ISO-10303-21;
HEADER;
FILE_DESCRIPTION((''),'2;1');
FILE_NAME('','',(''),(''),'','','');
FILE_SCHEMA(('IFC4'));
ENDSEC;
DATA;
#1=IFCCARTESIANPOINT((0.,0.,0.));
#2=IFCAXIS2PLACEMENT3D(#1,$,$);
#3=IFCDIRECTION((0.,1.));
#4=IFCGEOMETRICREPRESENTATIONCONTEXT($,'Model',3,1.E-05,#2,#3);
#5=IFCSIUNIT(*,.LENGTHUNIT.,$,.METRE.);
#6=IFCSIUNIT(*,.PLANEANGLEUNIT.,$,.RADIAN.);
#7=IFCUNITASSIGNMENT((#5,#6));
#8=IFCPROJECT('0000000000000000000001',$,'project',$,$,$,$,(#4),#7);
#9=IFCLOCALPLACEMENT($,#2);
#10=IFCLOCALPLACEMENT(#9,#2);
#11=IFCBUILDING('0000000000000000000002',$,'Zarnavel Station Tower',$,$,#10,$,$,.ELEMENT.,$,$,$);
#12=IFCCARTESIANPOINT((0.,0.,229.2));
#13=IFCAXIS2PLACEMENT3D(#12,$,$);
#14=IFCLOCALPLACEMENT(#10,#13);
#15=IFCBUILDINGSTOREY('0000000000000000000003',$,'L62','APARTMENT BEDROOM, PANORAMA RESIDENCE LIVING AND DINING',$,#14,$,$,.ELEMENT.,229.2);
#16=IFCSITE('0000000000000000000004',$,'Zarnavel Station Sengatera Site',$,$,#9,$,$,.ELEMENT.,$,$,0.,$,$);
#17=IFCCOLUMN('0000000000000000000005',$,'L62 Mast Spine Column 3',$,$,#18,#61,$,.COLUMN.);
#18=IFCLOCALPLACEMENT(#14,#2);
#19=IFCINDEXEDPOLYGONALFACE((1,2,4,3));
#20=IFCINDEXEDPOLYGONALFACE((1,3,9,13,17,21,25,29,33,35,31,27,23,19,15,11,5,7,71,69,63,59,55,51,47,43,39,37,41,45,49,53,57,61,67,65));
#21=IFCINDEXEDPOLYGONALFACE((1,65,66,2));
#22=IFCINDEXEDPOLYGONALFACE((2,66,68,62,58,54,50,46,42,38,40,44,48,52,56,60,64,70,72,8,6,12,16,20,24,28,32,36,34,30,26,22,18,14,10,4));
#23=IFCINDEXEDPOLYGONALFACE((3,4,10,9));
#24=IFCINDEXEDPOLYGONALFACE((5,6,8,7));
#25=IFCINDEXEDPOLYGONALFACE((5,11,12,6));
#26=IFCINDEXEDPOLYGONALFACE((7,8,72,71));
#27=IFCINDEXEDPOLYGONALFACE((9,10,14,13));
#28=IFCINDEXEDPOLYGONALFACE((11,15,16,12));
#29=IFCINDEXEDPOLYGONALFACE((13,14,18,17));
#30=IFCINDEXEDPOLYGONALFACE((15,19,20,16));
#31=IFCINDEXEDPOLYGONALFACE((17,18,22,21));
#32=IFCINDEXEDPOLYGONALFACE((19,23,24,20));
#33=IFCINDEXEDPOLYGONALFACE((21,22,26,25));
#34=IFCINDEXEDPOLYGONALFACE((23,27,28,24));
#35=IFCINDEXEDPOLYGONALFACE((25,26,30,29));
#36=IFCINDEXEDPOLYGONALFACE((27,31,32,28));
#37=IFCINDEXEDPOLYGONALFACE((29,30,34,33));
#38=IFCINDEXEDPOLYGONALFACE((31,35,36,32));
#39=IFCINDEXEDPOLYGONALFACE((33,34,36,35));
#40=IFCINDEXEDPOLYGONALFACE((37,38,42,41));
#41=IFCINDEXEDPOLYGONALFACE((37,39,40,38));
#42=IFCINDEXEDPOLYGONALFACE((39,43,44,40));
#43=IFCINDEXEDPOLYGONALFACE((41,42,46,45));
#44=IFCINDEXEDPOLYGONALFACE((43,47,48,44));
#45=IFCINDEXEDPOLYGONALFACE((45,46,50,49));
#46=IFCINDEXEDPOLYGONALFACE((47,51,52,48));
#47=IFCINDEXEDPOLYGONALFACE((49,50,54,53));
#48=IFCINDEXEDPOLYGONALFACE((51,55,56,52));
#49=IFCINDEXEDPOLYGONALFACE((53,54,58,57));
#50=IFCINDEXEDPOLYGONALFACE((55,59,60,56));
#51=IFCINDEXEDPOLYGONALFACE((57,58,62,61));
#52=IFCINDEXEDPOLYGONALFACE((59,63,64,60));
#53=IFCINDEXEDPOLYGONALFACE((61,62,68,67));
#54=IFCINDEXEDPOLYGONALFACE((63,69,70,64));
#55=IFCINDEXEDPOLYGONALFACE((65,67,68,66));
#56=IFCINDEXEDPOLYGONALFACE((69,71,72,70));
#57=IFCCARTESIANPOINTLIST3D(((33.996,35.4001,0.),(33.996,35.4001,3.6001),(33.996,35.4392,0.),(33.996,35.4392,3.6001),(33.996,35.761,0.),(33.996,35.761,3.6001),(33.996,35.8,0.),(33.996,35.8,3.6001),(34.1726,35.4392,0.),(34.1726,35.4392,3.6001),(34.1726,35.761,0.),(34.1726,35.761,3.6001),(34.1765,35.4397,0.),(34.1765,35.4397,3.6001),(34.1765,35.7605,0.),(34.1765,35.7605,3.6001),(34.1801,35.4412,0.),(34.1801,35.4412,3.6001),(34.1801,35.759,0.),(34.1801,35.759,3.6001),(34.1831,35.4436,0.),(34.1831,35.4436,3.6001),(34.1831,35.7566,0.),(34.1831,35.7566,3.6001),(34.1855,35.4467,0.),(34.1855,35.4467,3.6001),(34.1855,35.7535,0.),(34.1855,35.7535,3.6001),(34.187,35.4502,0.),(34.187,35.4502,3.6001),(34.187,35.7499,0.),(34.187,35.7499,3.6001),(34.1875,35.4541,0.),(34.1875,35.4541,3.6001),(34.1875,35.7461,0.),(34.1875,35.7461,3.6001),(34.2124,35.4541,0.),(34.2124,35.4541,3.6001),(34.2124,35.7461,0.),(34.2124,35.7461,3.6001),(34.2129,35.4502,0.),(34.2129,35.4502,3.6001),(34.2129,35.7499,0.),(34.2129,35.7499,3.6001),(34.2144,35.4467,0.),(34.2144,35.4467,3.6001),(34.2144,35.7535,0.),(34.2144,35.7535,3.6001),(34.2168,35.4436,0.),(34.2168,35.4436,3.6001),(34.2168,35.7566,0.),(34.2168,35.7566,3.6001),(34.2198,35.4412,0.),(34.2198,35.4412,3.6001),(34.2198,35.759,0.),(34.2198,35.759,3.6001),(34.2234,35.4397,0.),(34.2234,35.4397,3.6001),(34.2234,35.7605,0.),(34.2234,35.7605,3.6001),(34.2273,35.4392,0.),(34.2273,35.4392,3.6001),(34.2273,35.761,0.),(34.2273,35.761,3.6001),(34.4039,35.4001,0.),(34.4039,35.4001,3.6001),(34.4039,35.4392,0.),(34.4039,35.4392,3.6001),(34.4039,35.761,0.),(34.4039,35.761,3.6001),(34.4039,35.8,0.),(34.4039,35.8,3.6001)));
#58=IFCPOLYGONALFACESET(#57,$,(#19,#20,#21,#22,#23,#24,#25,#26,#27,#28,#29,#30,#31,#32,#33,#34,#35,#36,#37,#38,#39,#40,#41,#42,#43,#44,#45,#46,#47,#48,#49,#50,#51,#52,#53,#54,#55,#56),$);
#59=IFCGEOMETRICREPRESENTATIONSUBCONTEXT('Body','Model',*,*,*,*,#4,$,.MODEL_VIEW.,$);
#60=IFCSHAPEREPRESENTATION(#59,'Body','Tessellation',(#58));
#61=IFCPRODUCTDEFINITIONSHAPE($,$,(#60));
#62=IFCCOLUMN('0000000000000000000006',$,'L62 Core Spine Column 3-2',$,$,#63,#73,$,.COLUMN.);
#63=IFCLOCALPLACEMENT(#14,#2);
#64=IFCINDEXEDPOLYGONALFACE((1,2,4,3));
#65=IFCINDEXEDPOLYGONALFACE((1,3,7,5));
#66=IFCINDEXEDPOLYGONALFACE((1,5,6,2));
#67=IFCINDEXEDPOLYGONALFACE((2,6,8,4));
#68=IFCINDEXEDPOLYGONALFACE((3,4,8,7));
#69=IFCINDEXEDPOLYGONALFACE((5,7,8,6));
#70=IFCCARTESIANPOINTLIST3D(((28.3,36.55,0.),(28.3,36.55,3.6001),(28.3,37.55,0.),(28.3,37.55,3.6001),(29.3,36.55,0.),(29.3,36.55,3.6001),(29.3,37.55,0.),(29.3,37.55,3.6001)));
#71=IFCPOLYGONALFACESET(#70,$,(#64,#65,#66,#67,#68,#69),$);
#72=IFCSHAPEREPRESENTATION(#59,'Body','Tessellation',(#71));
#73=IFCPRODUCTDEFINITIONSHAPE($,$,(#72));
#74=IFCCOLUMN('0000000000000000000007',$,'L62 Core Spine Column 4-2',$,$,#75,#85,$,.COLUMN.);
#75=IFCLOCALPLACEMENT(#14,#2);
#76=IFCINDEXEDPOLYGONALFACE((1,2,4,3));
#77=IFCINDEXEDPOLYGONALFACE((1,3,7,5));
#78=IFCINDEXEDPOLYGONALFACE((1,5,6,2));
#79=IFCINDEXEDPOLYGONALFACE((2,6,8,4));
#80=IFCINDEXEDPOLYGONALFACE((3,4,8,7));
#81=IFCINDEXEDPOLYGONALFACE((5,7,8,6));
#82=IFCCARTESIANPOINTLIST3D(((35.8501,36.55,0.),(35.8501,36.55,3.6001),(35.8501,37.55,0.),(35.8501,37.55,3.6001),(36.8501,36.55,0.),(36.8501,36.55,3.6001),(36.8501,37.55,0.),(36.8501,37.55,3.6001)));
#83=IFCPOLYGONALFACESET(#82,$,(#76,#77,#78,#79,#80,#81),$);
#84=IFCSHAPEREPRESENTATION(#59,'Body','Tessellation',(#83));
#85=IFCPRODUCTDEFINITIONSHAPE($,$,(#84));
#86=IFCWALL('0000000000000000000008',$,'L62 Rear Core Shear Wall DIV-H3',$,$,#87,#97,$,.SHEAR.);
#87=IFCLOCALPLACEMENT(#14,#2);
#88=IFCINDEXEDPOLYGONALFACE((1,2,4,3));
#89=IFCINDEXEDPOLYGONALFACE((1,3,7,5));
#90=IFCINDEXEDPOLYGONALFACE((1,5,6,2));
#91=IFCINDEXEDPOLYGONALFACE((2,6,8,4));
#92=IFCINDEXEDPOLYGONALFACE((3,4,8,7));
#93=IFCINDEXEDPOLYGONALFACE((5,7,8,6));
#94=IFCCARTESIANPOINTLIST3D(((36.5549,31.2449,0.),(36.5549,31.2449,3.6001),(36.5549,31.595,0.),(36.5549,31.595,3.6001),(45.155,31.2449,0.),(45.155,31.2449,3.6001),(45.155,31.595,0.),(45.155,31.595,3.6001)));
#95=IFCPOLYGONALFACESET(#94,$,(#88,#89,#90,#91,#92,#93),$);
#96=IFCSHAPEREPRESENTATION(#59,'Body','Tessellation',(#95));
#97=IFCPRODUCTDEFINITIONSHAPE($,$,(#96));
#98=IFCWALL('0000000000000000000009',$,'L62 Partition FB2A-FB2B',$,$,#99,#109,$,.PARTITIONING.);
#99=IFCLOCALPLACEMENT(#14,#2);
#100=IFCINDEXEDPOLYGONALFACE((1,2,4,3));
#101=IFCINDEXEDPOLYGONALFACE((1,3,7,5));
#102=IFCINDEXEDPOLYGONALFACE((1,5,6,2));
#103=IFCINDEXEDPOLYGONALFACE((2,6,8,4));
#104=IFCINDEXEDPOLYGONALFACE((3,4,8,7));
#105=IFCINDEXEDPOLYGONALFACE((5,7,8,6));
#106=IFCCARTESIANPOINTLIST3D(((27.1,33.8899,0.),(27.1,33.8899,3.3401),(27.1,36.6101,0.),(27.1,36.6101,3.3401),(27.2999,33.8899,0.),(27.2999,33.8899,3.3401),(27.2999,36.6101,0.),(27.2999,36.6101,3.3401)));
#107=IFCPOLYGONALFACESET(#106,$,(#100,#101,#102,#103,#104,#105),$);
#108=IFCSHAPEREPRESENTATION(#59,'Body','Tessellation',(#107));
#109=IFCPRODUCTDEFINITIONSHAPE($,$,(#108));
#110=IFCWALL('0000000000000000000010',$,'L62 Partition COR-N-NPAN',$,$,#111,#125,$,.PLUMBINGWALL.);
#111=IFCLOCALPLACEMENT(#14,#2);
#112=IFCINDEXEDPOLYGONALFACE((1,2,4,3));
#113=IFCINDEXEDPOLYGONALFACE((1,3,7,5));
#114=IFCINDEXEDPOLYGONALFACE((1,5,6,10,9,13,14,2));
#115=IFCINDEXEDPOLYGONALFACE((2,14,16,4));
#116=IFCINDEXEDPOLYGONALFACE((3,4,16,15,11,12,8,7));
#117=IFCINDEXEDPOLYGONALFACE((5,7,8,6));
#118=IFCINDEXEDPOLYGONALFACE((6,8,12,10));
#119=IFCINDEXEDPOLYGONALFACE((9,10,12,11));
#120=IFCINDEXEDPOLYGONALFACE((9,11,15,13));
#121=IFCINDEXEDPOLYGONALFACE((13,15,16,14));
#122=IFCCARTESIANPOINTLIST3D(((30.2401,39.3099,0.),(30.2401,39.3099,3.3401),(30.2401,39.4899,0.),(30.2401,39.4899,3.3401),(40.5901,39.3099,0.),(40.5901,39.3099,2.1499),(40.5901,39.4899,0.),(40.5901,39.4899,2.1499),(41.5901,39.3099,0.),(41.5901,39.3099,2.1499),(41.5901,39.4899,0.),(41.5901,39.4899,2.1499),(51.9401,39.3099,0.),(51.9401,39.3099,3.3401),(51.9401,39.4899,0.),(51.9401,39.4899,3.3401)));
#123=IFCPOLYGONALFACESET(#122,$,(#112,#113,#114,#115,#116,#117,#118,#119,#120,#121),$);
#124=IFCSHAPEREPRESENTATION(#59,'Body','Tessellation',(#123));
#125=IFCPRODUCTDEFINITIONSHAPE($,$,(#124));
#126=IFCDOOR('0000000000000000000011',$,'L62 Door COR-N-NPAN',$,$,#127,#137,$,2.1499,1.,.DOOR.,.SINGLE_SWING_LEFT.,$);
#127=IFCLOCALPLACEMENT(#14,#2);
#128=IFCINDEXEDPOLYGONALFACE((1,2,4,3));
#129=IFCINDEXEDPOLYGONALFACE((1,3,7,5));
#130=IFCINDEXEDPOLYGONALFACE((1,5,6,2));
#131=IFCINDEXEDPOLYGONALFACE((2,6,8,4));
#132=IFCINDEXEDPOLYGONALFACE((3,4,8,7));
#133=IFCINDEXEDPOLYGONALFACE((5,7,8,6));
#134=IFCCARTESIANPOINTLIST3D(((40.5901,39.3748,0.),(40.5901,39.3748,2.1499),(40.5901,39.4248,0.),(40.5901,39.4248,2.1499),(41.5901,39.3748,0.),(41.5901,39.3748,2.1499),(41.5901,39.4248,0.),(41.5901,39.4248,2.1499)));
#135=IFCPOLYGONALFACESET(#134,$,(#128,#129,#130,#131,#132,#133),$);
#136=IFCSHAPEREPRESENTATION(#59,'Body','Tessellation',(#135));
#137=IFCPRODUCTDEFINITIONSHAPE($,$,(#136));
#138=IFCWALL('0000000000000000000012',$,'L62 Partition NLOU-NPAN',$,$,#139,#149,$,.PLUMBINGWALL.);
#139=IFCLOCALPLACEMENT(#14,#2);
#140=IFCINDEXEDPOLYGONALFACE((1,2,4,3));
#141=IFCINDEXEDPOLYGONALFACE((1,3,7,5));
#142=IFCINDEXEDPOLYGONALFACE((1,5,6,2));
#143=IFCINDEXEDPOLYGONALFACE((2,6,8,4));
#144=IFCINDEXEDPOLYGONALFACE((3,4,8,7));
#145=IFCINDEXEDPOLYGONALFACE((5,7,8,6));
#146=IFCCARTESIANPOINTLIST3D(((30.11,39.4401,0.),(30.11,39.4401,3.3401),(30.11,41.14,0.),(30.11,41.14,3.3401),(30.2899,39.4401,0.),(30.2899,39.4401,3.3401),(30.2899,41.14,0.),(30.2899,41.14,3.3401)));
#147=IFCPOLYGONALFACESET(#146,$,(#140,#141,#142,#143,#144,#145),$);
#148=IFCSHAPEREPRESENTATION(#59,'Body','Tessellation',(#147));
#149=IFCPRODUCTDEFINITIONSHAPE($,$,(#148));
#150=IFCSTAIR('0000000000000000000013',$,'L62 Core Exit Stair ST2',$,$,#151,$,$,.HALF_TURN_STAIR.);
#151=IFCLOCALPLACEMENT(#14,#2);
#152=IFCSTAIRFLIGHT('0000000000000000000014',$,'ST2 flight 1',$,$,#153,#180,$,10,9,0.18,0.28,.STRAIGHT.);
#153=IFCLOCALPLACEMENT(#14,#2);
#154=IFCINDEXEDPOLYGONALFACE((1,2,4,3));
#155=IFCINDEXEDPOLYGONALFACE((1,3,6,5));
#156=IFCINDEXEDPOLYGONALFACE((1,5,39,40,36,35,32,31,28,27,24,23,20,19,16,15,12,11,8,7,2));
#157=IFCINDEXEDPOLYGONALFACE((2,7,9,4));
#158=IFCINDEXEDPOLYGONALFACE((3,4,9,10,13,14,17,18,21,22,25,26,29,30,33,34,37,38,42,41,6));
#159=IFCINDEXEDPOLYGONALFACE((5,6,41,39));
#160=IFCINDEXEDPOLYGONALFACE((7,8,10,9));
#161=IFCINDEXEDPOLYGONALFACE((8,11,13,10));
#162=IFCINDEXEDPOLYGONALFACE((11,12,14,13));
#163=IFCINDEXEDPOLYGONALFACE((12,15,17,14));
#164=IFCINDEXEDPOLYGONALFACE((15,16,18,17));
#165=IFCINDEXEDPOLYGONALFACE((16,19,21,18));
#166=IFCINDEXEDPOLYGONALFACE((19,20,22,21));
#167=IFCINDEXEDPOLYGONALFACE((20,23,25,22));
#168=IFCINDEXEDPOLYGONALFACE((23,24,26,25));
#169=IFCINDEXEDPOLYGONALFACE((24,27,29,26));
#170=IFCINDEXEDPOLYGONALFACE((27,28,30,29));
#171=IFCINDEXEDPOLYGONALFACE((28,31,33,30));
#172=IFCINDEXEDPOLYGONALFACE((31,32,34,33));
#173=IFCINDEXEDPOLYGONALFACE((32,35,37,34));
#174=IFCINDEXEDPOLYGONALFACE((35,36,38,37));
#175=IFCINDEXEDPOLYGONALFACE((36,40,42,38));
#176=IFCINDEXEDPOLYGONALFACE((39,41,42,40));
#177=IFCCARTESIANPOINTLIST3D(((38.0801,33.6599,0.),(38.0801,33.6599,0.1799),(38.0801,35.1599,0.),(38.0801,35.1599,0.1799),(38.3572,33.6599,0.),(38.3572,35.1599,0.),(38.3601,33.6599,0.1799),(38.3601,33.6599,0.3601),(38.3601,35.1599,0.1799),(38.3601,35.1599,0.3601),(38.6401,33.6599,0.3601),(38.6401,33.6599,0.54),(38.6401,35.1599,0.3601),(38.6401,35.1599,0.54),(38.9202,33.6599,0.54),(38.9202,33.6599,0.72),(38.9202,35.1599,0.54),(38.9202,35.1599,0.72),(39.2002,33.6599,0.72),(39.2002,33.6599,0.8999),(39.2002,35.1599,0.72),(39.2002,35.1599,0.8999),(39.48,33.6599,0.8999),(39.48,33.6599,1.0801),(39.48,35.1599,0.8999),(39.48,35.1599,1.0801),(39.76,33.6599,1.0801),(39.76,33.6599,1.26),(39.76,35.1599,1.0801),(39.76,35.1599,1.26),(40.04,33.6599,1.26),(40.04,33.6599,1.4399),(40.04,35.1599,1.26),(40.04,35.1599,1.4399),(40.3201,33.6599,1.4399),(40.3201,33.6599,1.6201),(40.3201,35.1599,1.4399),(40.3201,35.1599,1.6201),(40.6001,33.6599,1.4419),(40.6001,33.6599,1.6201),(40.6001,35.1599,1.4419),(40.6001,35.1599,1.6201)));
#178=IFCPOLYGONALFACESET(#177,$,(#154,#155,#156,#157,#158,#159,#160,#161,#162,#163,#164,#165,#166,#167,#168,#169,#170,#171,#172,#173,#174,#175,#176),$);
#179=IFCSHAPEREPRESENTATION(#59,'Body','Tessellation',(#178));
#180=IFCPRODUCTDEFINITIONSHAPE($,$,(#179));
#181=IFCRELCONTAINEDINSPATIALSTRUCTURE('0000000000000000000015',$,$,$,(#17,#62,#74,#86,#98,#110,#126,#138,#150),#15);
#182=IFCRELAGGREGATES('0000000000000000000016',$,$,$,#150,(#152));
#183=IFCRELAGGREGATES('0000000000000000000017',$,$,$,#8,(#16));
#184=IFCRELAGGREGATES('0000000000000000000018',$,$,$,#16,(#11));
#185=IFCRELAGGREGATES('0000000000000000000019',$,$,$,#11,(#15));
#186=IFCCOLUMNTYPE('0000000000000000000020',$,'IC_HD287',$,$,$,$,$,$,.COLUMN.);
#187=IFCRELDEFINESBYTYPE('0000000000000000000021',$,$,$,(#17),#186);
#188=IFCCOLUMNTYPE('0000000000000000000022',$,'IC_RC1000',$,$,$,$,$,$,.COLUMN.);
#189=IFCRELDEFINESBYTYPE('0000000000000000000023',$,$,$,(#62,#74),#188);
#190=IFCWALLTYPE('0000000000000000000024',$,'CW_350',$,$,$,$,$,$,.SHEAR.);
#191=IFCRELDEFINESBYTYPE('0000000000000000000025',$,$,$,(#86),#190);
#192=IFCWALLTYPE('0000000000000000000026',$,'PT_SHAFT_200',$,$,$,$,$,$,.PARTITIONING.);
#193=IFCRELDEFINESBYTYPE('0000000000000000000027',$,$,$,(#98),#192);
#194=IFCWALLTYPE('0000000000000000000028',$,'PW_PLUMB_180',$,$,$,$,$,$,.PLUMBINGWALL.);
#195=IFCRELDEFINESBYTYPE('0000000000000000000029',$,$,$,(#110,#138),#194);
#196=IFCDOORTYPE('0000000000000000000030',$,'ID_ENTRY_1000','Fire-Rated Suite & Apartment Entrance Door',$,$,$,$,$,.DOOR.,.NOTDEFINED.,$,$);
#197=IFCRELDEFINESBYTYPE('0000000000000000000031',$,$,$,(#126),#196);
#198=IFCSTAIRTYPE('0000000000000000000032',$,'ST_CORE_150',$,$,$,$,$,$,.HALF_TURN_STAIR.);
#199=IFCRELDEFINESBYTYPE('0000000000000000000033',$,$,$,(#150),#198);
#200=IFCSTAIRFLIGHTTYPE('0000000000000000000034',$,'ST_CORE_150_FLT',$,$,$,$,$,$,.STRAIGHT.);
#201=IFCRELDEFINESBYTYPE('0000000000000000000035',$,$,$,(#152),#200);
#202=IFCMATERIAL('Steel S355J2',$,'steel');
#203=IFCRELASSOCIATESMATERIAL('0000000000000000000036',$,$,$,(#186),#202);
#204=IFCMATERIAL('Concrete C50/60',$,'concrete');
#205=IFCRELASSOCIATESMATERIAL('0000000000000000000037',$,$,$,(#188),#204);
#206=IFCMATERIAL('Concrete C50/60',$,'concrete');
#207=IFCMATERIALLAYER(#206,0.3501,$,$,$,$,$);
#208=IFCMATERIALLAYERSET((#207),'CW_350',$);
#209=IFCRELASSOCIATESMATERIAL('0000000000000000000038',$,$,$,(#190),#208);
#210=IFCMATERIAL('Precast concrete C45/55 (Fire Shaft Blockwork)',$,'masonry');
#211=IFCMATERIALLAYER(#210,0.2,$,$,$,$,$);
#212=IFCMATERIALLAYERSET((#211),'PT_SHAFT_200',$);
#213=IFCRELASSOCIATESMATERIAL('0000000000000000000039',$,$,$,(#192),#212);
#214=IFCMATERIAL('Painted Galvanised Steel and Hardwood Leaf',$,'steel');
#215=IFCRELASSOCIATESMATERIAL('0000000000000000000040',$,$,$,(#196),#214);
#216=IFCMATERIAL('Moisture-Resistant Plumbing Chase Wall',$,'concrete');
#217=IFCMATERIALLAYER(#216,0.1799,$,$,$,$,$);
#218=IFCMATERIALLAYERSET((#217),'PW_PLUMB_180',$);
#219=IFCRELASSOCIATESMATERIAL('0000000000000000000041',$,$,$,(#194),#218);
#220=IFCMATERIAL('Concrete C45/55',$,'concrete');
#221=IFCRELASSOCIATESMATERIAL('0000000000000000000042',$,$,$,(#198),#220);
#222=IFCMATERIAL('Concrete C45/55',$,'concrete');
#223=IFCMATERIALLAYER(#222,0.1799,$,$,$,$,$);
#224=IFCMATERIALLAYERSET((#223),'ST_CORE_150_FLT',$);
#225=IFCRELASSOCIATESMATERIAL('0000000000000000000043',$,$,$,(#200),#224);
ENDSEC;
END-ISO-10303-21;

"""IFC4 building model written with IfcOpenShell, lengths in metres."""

from ifc_helpers import new_model, si_unit, direction, frame, frame_2d, origin, origin_2d, place, context, subcontext, project, spatial, polyline, rectangle, i_section, outline, extrude, material, layer, layer_set, material_profile, profile_set, type_object, element, fill, aggregate, save


model = new_model("IFC4")

# Units and contexts
model_context = context("Model", 3, precision=1e-05, world=origin(), true_north=direction((0.0, 1.0)))
body_context = subcontext(model_context, "Body", "Model", "MODEL_VIEW")
ifc_project = project(units=[si_unit("LENGTHUNIT", "METRE"), si_unit("PLANEANGLEUNIT", "RADIAN")], contexts=[model_context])

# Site, building, storey
site_placement = place(None, origin())
site = spatial("IfcSite", under=ifc_project, at=site_placement, Name="Zarnavel Station Sengatera Site", CompositionType="ELEMENT", RefElevation=0.0)
building_placement = place(site_placement, origin())
building = spatial("IfcBuilding", under=site, at=building_placement, Name="Zarnavel Station Tower", CompositionType="ELEMENT")
storey_placement = place(building_placement, frame((0.0, 0.0, 229.2)))
storey = spatial("IfcBuildingStorey", under=building, at=storey_placement, Name="L62", Description="APARTMENT BEDROOM, PANORAMA RESIDENCE LIVING AND DINING", CompositionType="ELEMENT", Elevation=229.2)

# Columns
ifc_material_1 = material(Name="Steel S355J2", Category="steel")
ifc_material_profile_1 = material_profile(ifc_material_1, i_section(OverallWidth=0.408, OverallDepth=0.3999, WebThickness=0.0249, FlangeThickness=0.0391, FilletRadius=0.0149, at=origin_2d()), Name="HD400x287")
ifc_profile_set_1 = profile_set([ifc_material_profile_1], Name="Steel S355J2")
column_type_1 = type_object("IfcColumnType", Name="IC_HD287", PredefinedType="COLUMN", material=ifc_profile_set_1)
column_placement = place(storey_placement, frame((34.2, 35.6001, 0.0), z_axis=(0.0, 0.0, 1.0), x_axis=(1.0, 0.0, 0.0)))
element("IfcColumn", 1, at=column_placement, inside=storey, type_object=column_type_1, Name="L62 Mast Spine Column 3", PredefinedType="COLUMN", context=body_context, shape_type="SweptSolid", body=[
    extrude(i_section(OverallWidth=0.408, OverallDepth=0.3999, WebThickness=0.0249, FlangeThickness=0.0391, FilletRadius=0.0149, at=origin_2d()), origin(), (0.0, 0.0, 1.0), 3.6001),
])
ifc_material_2 = material(Name="Concrete C50/60", Category="concrete")
ifc_material_profile_2 = material_profile(ifc_material_2, rectangle(XDim=1.0, YDim=1.0, at=origin_2d()), Name="RC1000x1000")
ifc_profile_set_2 = profile_set([ifc_material_profile_2], Name="Concrete C50/60")
column_type_2 = type_object("IfcColumnType", Name="IC_RC1000", PredefinedType="COLUMN", material=ifc_profile_set_2)
for number, where, z_axis, x_axis, name in (
    (2, (28.8, 37.05, 0.0), (0.0, 0.0, 1.0), (1.0, 0.0, 0.0), "L62 Core Spine Column 3-2"),
    (3, (36.3501, 37.05, 0.0), (0.0, 0.0, 1.0), (1.0, 0.0, 0.0), "L62 Core Spine Column 4-2"),
):
    element("IfcColumn", number, at=place(storey_placement, frame(where, z_axis=z_axis, x_axis=x_axis)), inside=storey, type_object=column_type_2, Name=name, PredefinedType="COLUMN", context=body_context, shape_type="SweptSolid", body=[
        extrude(rectangle(XDim=1.0, YDim=1.0, at=origin_2d()), origin(), (0.0, 0.0, 1.0), 3.6001),
    ])

# Wall
ifc_material_3 = material(Name="Concrete C50/60", Category="concrete")
ifc_layer_1 = layer(ifc_material_3, 0.3501)
ifc_layer_set_1 = layer_set([ifc_layer_1], Name="CW_350")
wall_type_1 = type_object("IfcWallType", Name="CW_350", PredefinedType="SHEAR", material=ifc_layer_set_1)
wall_1_placement = place(storey_placement, frame((36.5549, 31.4199, 0.0), z_axis=(0.0, 0.0, 1.0), x_axis=(1.0, 0.0, 0.0)))
element("IfcWall", 4, at=wall_1_placement, inside=storey, type_object=wall_type_1, Name="L62 Rear Core Shear Wall DIV-H3", PredefinedType="SHEAR", context=body_context, shape_type="SweptSolid", body=[
    extrude(rectangle(XDim=8.6001, YDim=0.3501, at=frame_2d((4.3, 0.0))), origin(), (0.0, 0.0, 1.0), 3.6001),
])

# Shared definitions
ifc_material_4 = material(Name="Precast concrete C45/55 (Fire Shaft Blockwork)", Category="masonry")
ifc_layer_2 = layer(ifc_material_4, 0.2)
ifc_layer_set_2 = layer_set([ifc_layer_2], Name="PT_SHAFT_200")
wall_type_2 = type_object("IfcWallType", Name="PT_SHAFT_200", PredefinedType="PARTITIONING", material=ifc_layer_set_2)
ifc_material_5 = material(Name="Painted Galvanised Steel and Hardwood Leaf", Category="steel")
door_type_1 = type_object("IfcDoorType", Name="ID_ENTRY_1000", Description="Fire-Rated Suite & Apartment Entrance Door", OperationType="NOTDEFINED", PredefinedType="DOOR", material=ifc_material_5)

# Wall
wall_2_placement = place(storey_placement, frame((27.2, 33.8899, 0.0), z_axis=(0.0, 0.0, 1.0), x_axis=(0.0, 1.0, 0.0)))
element("IfcWall", 5, at=wall_2_placement, inside=storey, type_object=wall_type_2, Name="L62 Partition FB2A-FB2B", PredefinedType="PARTITIONING", context=body_context, shape_type="SweptSolid", body=[
    extrude(rectangle(XDim=2.7202, YDim=0.2, at=frame_2d((1.3601, 0.0))), origin(), (0.0, 0.0, 1.0), 3.3401),
])

# Wall, opening, door
ifc_material_6 = material(Name="Moisture-Resistant Plumbing Chase Wall", Category="concrete")
ifc_layer_3 = layer(ifc_material_6, 0.1799)
ifc_layer_set_3 = layer_set([ifc_layer_3], Name="PW_PLUMB_180")
wall_type_3 = type_object("IfcWallType", Name="PW_PLUMB_180", PredefinedType="PLUMBINGWALL", material=ifc_layer_set_3)
wall_3_placement = place(storey_placement, frame((30.24, 39.3999, 0.0), z_axis=(0.0, 0.0, 1.0), x_axis=(1.0, 0.0, 0.0)))
wall_3 = element("IfcWall", 6, at=wall_3_placement, inside=storey, type_object=wall_type_3, Name="L62 Partition COR-N-NPAN", PredefinedType="PLUMBINGWALL", context=body_context, shape_type="SweptSolid", body=[
    extrude(rectangle(XDim=21.7, YDim=0.1799, at=frame_2d((10.8501, 0.0))), origin(), (0.0, 0.0, 1.0), 3.3401),
])
opening_1_placement = place(wall_3_placement, frame((10.3501, 0.0, 0.0)))
opening_1 = element("IfcOpeningElement", 7, at=opening_1_placement, cuts=wall_3, PredefinedType="OPENING", context=body_context, shape_type="SweptSolid", body=[
    extrude(rectangle(XDim=1.0, YDim=2.1499, at=frame_2d((0.5, 1.075))), frame((0.0, 0.0999, 0.0), z_axis=(0.0, -1.0, 0.0), x_axis=(1.0, 0.0, 0.0)), (0.0, 0.0, 1.0), 0.2),
])
door_1_placement = place(opening_1_placement, origin())
door_1 = element("IfcDoor", 8, at=door_1_placement, inside=storey, type_object=door_type_1, Name="L62 Door COR-N-NPAN", OperationType="SINGLE_SWING_LEFT", OverallHeight=2.1499, OverallWidth=1.0, PredefinedType="DOOR", context=body_context, shape_type="SweptSolid", body=[
    extrude(rectangle(XDim=1.0, YDim=2.1499, at=frame_2d((0.5, 1.075))), frame((0.0, 0.0249, 0.0), z_axis=(0.0, -1.0, 0.0), x_axis=(1.0, 0.0, 0.0)), (0.0, 0.0, 1.0), 0.05),
])
fill(opening_1, door_1)

# Wall
wall_4_placement = place(storey_placement, frame((30.2, 39.4399, 0.0), z_axis=(0.0, 0.0, 1.0), x_axis=(0.0, 1.0, 0.0)))
element("IfcWall", 9, at=wall_4_placement, inside=storey, type_object=wall_type_3, Name="L62 Partition NLOU-NPAN", PredefinedType="PLUMBINGWALL", context=body_context, shape_type="SweptSolid", body=[
    extrude(rectangle(XDim=1.7, YDim=0.1799, at=frame_2d((0.8501, 0.0))), origin(), (0.0, 0.0, 1.0), 3.3401),
])

# Stair, stair flight
ifc_material_7 = material(Name="Concrete C45/55", Category="concrete")
stair_type = type_object("IfcStairType", Name="ST_CORE_150", PredefinedType="HALF_TURN_STAIR", material=ifc_material_7)
stair_placement = place(storey_placement, origin())
stair = element("IfcStair", 10, at=stair_placement, inside=storey, type_object=stair_type, Name="L62 Core Exit Stair ST2", PredefinedType="HALF_TURN_STAIR")
ifc_material_8 = material(Name="Concrete C45/55", Category="concrete")
ifc_layer_4 = layer(ifc_material_8, 0.1799)
ifc_layer_set_4 = layer_set([ifc_layer_4], Name="ST_CORE_150_FLT")
stair_flight_type = type_object("IfcStairFlightType", Name="ST_CORE_150_FLT", PredefinedType="STRAIGHT", material=ifc_layer_set_4)
stair_flight_1_placement = place(storey_placement, frame((38.0801, 34.4099, 0.0), z_axis=(0.0, 0.0, 1.0), x_axis=(1.0, 0.0, 0.0)))
stair_flight_1 = element("IfcStairFlight", 11, at=stair_flight_1_placement, type_object=stair_flight_type, Name="ST2 flight 1", NumberOfRisers=10, NumberOfTreads=9, PredefinedType="STRAIGHT", RiserHeight=0.18, TreadLength=0.28, context=body_context, shape_type="SweptSolid", body=[
    extrude(outline(polyline([(0.0, 0.0), (0.0, 0.1799), (0.28, 0.1799), (0.28, 0.3601), (0.5601, 0.3601), (0.5601, 0.54), (0.8401, 0.54), (0.8401, 0.72), (1.1201, 0.72), (1.1201, 0.8999), (1.3999, 0.8999), (1.3999, 1.0801), (1.6799, 1.0801), (1.6799, 1.26), (1.96, 1.26), (1.96, 1.4399), (2.24, 1.4399), (2.24, 1.6201), (2.52, 1.6201), (2.52, 1.8), (2.52, 1.4419), (0.2771, 0.0), (0.0, 0.0)])), frame((0.0, 0.75, 0.0), z_axis=(0.0, -1.0, 0.0), x_axis=(1.0, 0.0, 0.0)), (0.0, 0.0, 1.0), 1.5),
])
aggregate(stair, [stair_flight_1])

save(model, "model.ifc")
